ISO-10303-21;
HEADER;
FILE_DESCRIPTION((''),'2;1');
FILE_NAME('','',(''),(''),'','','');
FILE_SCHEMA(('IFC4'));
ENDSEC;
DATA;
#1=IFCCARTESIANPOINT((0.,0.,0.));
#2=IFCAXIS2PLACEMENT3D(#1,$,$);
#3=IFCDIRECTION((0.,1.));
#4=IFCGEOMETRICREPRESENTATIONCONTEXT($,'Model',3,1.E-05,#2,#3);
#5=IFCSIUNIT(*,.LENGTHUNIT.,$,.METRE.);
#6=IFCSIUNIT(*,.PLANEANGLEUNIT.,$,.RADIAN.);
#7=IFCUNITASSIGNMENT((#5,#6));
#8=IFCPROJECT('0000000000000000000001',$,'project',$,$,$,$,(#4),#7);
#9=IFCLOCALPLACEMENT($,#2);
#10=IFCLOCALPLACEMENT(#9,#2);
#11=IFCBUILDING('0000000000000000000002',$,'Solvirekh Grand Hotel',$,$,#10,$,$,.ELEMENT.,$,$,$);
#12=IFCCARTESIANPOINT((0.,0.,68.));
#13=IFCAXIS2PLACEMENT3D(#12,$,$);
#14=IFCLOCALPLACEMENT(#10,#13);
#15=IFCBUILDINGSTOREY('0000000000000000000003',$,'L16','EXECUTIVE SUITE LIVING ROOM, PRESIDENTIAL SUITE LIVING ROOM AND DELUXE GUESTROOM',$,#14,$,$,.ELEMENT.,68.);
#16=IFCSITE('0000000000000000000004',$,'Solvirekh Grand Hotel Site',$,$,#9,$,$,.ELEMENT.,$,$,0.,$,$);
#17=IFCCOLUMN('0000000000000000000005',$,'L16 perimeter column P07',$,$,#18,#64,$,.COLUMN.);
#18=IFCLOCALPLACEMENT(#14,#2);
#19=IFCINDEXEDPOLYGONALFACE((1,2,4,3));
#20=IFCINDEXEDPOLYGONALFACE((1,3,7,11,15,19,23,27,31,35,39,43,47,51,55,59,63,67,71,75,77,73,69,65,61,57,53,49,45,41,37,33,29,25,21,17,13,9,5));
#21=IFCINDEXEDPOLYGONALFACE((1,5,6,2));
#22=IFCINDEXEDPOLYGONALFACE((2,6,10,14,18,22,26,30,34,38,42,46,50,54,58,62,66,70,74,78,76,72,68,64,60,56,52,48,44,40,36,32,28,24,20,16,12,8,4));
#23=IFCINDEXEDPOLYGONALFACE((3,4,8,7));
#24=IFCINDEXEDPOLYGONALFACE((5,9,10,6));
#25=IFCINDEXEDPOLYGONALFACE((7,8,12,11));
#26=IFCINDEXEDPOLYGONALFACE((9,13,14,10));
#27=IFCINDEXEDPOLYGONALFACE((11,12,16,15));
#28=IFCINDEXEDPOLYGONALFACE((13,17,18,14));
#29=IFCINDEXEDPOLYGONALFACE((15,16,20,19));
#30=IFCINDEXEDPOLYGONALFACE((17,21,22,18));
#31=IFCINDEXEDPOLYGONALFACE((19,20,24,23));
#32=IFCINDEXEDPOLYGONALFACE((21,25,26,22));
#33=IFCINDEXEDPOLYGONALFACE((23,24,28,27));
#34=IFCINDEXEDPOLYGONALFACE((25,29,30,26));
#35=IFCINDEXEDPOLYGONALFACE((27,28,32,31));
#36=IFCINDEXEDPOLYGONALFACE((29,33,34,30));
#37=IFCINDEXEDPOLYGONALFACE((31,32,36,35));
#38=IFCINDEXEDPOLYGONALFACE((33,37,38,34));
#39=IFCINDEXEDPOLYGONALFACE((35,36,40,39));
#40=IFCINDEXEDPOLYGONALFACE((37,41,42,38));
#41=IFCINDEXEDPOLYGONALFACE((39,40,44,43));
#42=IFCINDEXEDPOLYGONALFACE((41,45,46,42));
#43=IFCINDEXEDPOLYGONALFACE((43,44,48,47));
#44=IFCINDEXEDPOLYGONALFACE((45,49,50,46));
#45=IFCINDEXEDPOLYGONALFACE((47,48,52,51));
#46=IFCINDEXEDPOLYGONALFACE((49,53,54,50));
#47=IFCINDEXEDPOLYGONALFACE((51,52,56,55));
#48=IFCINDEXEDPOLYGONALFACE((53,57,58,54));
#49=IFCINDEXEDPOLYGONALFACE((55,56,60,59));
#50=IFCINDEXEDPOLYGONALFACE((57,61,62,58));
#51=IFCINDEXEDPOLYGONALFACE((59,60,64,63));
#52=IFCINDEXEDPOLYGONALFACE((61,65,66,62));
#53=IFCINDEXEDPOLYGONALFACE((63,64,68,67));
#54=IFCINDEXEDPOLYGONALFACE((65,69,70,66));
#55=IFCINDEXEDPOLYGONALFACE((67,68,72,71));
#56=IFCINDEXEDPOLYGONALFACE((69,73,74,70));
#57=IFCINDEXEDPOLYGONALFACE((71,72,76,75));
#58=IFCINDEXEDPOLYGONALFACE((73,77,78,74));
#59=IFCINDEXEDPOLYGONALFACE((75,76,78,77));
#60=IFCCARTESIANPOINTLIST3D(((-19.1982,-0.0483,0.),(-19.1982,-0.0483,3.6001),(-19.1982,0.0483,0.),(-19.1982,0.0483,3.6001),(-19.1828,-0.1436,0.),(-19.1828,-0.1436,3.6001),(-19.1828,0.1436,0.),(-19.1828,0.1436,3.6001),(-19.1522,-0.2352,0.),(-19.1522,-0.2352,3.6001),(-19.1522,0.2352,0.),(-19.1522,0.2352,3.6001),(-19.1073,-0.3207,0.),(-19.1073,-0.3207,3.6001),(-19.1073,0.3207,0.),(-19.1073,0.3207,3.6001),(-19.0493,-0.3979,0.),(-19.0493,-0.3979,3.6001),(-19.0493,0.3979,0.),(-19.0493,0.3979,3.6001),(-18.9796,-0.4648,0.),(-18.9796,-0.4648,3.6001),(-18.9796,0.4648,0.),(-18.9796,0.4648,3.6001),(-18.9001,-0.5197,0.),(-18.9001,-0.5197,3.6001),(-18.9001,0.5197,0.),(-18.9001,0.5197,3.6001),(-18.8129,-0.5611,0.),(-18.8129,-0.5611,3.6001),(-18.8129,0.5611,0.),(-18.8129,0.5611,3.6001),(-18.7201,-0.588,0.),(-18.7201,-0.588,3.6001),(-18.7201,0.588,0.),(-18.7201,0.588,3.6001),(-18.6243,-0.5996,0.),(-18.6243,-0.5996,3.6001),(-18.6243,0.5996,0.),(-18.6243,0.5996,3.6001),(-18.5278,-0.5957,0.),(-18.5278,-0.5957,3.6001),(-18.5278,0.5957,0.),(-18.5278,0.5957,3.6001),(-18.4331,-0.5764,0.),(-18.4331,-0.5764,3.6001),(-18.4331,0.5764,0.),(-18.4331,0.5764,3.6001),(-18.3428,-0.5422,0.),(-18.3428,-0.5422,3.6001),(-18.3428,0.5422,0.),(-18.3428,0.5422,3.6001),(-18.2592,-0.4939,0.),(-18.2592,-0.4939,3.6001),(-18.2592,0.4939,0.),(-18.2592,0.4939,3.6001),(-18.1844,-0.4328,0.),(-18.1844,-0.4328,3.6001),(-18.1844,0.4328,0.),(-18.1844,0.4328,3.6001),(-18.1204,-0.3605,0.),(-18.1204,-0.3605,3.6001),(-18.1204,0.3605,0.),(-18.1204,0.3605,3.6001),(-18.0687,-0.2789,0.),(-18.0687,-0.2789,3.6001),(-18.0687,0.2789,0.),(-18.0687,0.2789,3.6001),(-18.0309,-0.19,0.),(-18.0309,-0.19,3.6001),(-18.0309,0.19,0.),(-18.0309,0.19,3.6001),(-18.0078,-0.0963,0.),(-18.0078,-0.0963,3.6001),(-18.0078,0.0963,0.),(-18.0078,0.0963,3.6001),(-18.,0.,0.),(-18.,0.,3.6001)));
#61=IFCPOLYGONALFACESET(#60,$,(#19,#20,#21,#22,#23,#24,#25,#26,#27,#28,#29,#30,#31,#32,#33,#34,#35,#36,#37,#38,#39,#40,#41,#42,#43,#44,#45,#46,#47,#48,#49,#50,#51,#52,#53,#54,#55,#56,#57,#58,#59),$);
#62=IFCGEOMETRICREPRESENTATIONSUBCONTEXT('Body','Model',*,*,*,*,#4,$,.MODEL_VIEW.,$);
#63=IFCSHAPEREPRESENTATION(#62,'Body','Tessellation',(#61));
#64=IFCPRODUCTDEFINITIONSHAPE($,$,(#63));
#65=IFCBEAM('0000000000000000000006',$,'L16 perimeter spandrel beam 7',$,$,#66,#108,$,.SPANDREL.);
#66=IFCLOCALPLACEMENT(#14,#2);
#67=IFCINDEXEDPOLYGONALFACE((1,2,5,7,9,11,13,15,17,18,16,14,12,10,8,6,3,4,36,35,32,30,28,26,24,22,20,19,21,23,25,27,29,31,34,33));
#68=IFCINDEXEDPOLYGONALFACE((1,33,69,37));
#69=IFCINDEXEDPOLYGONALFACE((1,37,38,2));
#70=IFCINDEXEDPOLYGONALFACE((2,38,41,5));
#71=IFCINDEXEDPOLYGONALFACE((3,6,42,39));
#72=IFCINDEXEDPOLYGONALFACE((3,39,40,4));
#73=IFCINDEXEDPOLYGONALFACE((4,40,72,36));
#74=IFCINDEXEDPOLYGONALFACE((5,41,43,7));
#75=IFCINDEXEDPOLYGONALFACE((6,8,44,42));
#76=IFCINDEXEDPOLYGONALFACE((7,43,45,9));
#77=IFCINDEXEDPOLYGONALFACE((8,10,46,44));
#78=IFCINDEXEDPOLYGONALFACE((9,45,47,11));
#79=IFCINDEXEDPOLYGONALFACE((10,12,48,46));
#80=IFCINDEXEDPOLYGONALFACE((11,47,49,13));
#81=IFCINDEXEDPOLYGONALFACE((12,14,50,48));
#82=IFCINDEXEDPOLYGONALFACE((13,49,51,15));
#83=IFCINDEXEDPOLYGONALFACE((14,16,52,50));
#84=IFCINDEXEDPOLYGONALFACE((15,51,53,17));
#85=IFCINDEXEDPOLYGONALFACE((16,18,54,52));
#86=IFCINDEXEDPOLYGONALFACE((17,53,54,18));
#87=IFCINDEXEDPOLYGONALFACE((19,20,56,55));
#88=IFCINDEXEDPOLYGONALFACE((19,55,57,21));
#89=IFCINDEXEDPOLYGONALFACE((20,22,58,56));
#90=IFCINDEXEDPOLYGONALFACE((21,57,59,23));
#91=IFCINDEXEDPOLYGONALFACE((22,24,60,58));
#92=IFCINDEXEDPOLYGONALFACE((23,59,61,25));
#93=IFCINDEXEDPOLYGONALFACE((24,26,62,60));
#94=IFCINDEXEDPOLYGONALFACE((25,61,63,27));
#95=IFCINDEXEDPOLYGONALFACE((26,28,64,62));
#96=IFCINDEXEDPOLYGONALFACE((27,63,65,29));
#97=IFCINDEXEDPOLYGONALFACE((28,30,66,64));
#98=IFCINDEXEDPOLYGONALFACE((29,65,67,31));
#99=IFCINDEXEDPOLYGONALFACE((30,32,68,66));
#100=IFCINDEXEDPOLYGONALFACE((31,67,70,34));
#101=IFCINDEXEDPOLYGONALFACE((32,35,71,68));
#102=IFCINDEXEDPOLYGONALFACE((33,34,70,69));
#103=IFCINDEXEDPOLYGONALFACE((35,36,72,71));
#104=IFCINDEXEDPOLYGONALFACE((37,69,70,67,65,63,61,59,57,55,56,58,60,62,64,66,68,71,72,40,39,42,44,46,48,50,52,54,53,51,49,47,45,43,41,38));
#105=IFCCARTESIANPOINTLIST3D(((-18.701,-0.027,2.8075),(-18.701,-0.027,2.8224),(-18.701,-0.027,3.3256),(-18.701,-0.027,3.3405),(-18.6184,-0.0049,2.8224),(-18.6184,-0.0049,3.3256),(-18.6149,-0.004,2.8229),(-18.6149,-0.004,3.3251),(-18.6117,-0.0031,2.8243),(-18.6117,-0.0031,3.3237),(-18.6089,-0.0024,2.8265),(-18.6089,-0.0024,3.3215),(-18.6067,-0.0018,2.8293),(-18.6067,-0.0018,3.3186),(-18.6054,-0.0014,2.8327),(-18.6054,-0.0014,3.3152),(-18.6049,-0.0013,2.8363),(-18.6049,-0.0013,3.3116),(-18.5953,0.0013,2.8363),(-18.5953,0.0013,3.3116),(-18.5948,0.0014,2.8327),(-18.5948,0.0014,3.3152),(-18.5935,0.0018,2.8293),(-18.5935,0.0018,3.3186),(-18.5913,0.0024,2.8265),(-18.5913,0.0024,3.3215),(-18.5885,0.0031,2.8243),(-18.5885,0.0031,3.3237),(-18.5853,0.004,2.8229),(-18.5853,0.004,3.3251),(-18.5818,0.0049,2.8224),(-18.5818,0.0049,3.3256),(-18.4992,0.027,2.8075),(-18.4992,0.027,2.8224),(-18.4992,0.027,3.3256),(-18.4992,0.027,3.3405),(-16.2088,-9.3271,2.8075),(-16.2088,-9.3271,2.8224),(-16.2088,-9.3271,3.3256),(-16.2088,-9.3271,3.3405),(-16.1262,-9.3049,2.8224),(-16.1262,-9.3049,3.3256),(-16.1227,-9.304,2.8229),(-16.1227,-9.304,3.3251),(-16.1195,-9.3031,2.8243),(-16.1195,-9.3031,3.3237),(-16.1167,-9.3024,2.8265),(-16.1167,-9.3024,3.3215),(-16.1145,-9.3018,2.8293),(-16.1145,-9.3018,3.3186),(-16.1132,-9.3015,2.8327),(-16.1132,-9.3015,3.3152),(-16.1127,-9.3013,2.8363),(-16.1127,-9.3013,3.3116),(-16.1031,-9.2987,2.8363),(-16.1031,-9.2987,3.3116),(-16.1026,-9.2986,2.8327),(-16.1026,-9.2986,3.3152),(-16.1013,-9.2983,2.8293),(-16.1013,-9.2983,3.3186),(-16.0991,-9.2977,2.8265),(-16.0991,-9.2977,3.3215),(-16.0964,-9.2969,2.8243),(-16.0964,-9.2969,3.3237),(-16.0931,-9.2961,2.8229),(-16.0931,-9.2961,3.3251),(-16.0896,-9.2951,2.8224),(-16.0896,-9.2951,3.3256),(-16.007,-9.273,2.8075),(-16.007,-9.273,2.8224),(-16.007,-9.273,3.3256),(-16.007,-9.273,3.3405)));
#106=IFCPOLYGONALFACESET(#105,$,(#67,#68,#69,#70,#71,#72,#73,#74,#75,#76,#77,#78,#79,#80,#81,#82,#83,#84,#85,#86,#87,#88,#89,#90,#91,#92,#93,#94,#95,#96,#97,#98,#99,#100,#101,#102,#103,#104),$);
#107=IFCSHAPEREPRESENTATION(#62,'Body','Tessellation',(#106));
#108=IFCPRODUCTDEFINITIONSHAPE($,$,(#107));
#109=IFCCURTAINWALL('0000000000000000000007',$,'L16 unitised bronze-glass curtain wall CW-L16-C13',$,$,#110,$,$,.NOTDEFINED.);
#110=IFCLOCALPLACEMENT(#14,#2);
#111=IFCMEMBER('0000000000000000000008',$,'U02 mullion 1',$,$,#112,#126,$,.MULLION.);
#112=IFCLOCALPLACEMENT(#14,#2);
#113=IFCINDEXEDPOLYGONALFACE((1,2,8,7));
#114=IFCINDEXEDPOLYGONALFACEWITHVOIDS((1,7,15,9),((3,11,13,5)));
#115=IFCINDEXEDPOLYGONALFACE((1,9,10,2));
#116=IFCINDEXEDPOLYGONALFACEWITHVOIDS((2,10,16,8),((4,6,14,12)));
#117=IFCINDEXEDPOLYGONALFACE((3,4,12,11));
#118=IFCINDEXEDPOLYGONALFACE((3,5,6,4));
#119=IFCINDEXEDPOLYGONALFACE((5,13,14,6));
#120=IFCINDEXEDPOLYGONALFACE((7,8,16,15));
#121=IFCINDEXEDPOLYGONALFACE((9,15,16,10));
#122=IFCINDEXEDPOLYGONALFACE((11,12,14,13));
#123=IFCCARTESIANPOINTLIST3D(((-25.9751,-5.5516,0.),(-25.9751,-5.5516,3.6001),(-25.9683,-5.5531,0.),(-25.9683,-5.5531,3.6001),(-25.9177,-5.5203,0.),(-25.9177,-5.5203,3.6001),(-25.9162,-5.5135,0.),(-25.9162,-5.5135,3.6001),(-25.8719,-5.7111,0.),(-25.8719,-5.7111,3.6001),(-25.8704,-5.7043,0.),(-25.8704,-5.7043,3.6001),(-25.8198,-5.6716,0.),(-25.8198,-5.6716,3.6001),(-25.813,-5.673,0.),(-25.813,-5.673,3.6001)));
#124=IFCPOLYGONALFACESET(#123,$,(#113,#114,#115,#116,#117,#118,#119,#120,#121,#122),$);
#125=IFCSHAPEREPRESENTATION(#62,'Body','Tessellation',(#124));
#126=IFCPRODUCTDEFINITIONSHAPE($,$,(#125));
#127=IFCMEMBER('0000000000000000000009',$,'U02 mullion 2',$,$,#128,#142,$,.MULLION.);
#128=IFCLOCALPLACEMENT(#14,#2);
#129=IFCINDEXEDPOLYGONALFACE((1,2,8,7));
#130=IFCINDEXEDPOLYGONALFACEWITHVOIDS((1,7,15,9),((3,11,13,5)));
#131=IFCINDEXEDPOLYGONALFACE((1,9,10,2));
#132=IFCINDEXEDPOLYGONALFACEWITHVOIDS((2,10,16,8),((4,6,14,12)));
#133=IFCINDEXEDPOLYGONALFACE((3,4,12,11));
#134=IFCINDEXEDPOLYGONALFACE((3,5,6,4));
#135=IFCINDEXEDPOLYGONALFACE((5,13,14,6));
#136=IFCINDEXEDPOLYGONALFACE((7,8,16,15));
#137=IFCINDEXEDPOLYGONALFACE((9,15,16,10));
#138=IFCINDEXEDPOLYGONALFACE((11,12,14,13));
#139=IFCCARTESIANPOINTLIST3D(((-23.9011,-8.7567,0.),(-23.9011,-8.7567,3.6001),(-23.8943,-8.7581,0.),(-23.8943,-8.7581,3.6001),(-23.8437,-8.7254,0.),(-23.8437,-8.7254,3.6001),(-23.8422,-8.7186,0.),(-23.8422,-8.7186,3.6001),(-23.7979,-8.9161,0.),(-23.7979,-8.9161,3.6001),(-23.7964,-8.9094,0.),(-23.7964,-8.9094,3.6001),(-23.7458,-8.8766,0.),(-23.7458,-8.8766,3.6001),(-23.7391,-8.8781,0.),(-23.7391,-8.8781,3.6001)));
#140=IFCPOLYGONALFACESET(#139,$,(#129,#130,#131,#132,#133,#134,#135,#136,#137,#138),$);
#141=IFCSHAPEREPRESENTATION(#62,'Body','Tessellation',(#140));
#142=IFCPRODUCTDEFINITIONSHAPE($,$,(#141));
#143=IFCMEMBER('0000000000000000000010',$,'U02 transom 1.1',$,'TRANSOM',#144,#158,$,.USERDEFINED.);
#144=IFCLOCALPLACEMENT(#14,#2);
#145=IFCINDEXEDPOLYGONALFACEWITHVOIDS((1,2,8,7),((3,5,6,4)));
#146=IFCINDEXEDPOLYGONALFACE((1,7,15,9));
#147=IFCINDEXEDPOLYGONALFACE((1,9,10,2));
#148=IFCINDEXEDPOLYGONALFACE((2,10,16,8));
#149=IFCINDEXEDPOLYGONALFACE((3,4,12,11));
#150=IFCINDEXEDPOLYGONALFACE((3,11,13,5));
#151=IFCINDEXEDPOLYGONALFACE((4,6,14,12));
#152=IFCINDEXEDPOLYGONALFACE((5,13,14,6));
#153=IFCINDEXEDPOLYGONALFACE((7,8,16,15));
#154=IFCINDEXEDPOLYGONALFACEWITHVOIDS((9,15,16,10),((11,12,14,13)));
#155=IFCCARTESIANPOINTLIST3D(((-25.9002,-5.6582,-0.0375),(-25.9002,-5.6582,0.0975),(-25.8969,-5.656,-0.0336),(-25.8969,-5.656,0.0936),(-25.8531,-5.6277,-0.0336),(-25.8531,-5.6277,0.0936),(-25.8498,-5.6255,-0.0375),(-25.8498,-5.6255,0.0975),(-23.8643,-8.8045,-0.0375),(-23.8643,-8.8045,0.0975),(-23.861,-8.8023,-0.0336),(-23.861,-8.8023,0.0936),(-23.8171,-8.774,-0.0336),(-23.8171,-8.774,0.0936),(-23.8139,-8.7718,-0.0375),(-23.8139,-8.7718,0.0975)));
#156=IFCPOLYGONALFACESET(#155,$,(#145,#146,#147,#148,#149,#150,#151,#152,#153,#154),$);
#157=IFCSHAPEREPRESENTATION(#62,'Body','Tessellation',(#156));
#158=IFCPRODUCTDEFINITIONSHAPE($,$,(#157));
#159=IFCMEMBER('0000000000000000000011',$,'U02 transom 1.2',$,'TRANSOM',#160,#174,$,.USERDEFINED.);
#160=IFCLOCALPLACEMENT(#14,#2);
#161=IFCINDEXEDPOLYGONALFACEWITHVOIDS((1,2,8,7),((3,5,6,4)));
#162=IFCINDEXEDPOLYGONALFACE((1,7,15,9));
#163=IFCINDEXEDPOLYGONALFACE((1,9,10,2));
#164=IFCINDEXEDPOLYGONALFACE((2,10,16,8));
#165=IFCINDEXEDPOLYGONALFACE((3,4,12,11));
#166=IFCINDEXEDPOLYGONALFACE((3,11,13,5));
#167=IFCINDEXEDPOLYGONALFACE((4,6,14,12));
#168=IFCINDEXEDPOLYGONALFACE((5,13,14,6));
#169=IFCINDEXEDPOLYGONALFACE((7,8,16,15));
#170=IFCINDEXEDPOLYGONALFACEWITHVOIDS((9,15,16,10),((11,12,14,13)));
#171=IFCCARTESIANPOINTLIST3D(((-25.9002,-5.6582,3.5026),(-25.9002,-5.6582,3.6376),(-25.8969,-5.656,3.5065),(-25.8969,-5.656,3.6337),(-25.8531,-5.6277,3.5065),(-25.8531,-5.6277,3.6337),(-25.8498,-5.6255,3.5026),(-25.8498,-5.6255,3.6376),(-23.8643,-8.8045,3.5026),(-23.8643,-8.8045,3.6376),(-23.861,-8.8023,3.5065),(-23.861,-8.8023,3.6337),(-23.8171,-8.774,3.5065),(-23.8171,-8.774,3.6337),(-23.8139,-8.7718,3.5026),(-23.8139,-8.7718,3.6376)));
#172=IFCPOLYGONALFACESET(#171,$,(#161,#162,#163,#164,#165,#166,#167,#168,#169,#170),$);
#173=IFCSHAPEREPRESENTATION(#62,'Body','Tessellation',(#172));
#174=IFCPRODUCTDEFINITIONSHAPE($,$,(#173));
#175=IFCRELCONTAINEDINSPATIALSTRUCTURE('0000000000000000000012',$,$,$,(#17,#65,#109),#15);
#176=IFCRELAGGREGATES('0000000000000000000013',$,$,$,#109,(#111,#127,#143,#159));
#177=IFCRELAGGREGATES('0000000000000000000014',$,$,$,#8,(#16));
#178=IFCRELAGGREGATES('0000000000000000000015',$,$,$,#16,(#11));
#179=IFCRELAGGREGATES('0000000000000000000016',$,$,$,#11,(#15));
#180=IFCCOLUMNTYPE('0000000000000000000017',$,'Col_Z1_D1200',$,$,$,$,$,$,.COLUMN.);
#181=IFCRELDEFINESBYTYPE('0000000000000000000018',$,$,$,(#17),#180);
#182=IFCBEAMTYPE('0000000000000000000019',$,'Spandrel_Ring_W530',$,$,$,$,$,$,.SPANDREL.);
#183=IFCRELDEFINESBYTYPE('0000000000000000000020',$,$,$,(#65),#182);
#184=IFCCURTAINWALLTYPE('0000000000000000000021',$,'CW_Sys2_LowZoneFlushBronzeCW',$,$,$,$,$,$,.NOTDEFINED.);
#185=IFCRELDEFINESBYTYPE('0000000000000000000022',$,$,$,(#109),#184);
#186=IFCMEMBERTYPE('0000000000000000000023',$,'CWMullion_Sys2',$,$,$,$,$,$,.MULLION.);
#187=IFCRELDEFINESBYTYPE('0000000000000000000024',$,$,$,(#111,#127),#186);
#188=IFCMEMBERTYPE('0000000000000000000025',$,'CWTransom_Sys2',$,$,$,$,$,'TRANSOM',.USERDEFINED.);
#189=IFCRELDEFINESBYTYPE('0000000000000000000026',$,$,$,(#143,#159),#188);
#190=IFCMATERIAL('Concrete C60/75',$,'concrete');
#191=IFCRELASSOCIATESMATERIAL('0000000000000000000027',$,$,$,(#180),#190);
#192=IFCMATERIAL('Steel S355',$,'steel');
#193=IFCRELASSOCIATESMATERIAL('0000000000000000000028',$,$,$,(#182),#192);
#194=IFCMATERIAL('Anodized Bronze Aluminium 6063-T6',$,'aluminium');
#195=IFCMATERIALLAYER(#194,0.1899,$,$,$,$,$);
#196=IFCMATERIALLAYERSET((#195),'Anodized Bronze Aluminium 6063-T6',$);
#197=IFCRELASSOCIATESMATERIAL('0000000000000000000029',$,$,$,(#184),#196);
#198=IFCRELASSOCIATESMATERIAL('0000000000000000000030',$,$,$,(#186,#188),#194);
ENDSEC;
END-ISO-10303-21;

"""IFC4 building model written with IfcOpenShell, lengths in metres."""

from ifc_helpers import new_model, si_unit, direction, frame, origin, origin_2d, place, context, subcontext, project, spatial, hollow_rectangle, circle, i_section, extrude, source, transform, mapped, material, layer, layer_set, material_profile, profile_set, type_object, element, aggregate, save


model = new_model("IFC4")

# Units and contexts
model_context = context("Model", 3, precision=1e-05, world=origin(), true_north=direction((0.0, 1.0)))
body_context = subcontext(model_context, "Body", "Model", "MODEL_VIEW")
ifc_project = project(units=[si_unit("LENGTHUNIT", "METRE"), si_unit("PLANEANGLEUNIT", "RADIAN")], contexts=[model_context])

# Site, building, storey
site_placement = place(None, origin())
site = spatial("IfcSite", under=ifc_project, at=site_placement, Name="Solvirekh Grand Hotel Site", CompositionType="ELEMENT", RefElevation=0.0)
building_placement = place(site_placement, origin())
building = spatial("IfcBuilding", under=site, at=building_placement, Name="Solvirekh Grand Hotel", CompositionType="ELEMENT")
storey_placement = place(building_placement, frame((0.0, 0.0, 68.0)))
storey = spatial("IfcBuildingStorey", under=building, at=storey_placement, Name="L16", Description="EXECUTIVE SUITE LIVING ROOM, PRESIDENTIAL SUITE LIVING ROOM AND DELUXE GUESTROOM", CompositionType="ELEMENT", Elevation=68.0)

# Column
ifc_material_1 = material(Name="Concrete C60/75", Category="concrete")
ifc_material_profile_1 = material_profile(ifc_material_1, circle(Radius=0.6001, at=origin_2d()), Name="RC CIRC D1200")
ifc_profile_set_1 = profile_set([ifc_material_profile_1], Name="Concrete C60/75")
column_type = type_object("IfcColumnType", Name="Col_Z1_D1200", PredefinedType="COLUMN", material=ifc_profile_set_1)
column_placement = place(storey_placement, frame((-18.6001, 0.0, 0.0), z_axis=(0.0, 0.0, 1.0), x_axis=(1.0, 0.0, 0.0)))
element("IfcColumn", 1, at=column_placement, inside=storey, type_object=column_type, Name="L16 perimeter column P07", PredefinedType="COLUMN", context=body_context, shape_type="SweptSolid", body=[
    extrude(circle(Radius=0.6001, at=origin_2d()), origin(), (0.0, 0.0, 1.0), 3.6001),
])

# Beam
ifc_material_2 = material(Name="Steel S355", Category="steel")
ifc_material_profile_2 = material_profile(ifc_material_2, i_section(OverallWidth=0.209, OverallDepth=0.533, WebThickness=0.01, FlangeThickness=0.0149, FilletRadius=0.0139, at=origin_2d()), Name="W530X92")
ifc_profile_set_2 = profile_set([ifc_material_profile_2], Name="Steel S355")
beam_type = type_object("IfcBeamType", Name="Spandrel_Ring_W530", PredefinedType="SPANDREL", material=ifc_profile_set_2)
beam_placement = place(storey_placement, frame((-18.6001, 0.0, 3.074), z_axis=(0.258843, -0.965919, 0.0), x_axis=(0.965919, 0.258843, 0.0)))
element("IfcBeam", 2, at=beam_placement, inside=storey, type_object=beam_type, Name="L16 perimeter spandrel beam 7", PredefinedType="SPANDREL", context=body_context, shape_type="SweptSolid", body=[
    extrude(i_section(OverallWidth=0.209, OverallDepth=0.533, WebThickness=0.01, FlangeThickness=0.0149, FilletRadius=0.0139, at=origin_2d()), origin(), (0.0, 0.0, 1.0), 9.6282),
])

# Curtain wall, members
ifc_material_3 = material(Name="Anodized Bronze Aluminium 6063-T6", Category="aluminium")
ifc_layer_1 = layer(ifc_material_3, 0.1899)
ifc_layer_set_1 = layer_set([ifc_layer_1], Name="Anodized Bronze Aluminium 6063-T6")
curtain_wall_type = type_object("IfcCurtainWallType", Name="CW_Sys2_LowZoneFlushBronzeCW", PredefinedType="NOTDEFINED", material=ifc_layer_set_1)
curtain_wall_placement = place(storey_placement, origin())
curtain_wall = element("IfcCurtainWall", 3, at=curtain_wall_placement, inside=storey, type_object=curtain_wall_type, Name="L16 unitised bronze-glass curtain wall CW-L16-C13", PredefinedType="NOTDEFINED")
ifc_material_profile_3 = material_profile(ifc_material_3, hollow_rectangle(XDim=0.0701, YDim=0.1899, WallThickness=0.0049, at=origin_2d()), Name="ALU RHS 190X70X5")
ifc_profile_set_3 = profile_set([ifc_material_profile_3], Name="Anodized Bronze Aluminium 6063-T6")
member_type_1 = type_object("IfcMemberType", Name="CWMullion_Sys2", PredefinedType="MULLION", material=ifc_profile_set_3)
shared_shape_1 = source(origin(), body_context, "Body", "SweptSolid", [
    extrude(hollow_rectangle(XDim=0.0701, YDim=0.1899, WallThickness=0.0049, at=origin_2d()), origin(), (0.0, 0.0, 1.0), 3.6001),
])
member_1_placement = place(storey_placement, frame((-25.894, -5.6123, 0.0), z_axis=(0.0, 0.0, 1.0), x_axis=(0.83956, 0.543267, 0.0)))
member_1 = element("IfcMember", 4, at=member_1_placement, type_object=member_type_1, Name="U02 mullion 1", PredefinedType="MULLION", context=body_context, shape_type="MappedRepresentation", body=[
    mapped(shared_shape_1, transform((0.0, 0.0, 0.0), x_axis=(1.0, 0.0, 0.0), y_axis=(0.0, 1.0, 0.0), z_axis=(0.0, 0.0, 1.0), scale=1.0)),
])
member_2_placement = place(storey_placement, frame((-23.8201, -8.8174, 0.0), z_axis=(0.0, 0.0, 1.0), x_axis=(0.83956, 0.543267, 0.0)))
member_2 = element("IfcMember", 5, at=member_2_placement, type_object=member_type_1, Name="U02 mullion 2", PredefinedType="MULLION", context=body_context, shape_type="MappedRepresentation", body=[
    mapped(shared_shape_1, transform((0.0, 0.0, 0.0), x_axis=(1.0, 0.0, 0.0), y_axis=(0.0, 1.0, 0.0), z_axis=(0.0, 0.0, 1.0), scale=1.0)),
])
ifc_material_profile_4 = material_profile(ifc_material_3, hollow_rectangle(XDim=0.0601, YDim=0.135, WallThickness=0.0039, at=origin_2d()), Name="ALU RHS 135X60X4")
ifc_profile_set_4 = profile_set([ifc_material_profile_4], Name="Anodized Bronze Aluminium 6063-T6")
member_type_2 = type_object("IfcMemberType", Name="CWTransom_Sys2", ElementType="TRANSOM", PredefinedType="USERDEFINED", material=ifc_profile_set_4)
shared_shape_2 = source(origin(), body_context, "Body", "SweptSolid", [
    extrude(hollow_rectangle(XDim=0.0601, YDim=0.135, WallThickness=0.0039, at=origin_2d()), origin(), (0.0, 0.0, 1.0), 3.7476),
])
member_3_placement = place(storey_placement, frame((-25.875, -5.6418, 0.03), z_axis=(0.543267, -0.83956, 0.0), x_axis=(0.83956, 0.543267, 0.0)))
member_3 = element("IfcMember", 6, at=member_3_placement, type_object=member_type_2, Name="U02 transom 1.1", ObjectType="TRANSOM", PredefinedType="USERDEFINED", context=body_context, shape_type="MappedRepresentation", body=[
    mapped(shared_shape_2, transform((0.0, 0.0, 0.0), x_axis=(1.0, 0.0, 0.0), y_axis=(0.0, 1.0, 0.0), z_axis=(0.0, 0.0, 1.0), scale=1.0)),
])
member_4_placement = place(storey_placement, frame((-25.875, -5.6418, 3.5701), z_axis=(0.543267, -0.83956, 0.0), x_axis=(0.83956, 0.543267, 0.0)))
member_4 = element("IfcMember", 7, at=member_4_placement, type_object=member_type_2, Name="U02 transom 1.2", ObjectType="TRANSOM", PredefinedType="USERDEFINED", context=body_context, shape_type="MappedRepresentation", body=[
    mapped(shared_shape_2, transform((0.0, 0.0, 0.0), x_axis=(1.0, 0.0, 0.0), y_axis=(0.0, 1.0, 0.0), z_axis=(0.0, 0.0, 1.0), scale=1.0)),
])
aggregate(curtain_wall, [member_1, member_2, member_3, member_4])

save(model, "model.ifc")
